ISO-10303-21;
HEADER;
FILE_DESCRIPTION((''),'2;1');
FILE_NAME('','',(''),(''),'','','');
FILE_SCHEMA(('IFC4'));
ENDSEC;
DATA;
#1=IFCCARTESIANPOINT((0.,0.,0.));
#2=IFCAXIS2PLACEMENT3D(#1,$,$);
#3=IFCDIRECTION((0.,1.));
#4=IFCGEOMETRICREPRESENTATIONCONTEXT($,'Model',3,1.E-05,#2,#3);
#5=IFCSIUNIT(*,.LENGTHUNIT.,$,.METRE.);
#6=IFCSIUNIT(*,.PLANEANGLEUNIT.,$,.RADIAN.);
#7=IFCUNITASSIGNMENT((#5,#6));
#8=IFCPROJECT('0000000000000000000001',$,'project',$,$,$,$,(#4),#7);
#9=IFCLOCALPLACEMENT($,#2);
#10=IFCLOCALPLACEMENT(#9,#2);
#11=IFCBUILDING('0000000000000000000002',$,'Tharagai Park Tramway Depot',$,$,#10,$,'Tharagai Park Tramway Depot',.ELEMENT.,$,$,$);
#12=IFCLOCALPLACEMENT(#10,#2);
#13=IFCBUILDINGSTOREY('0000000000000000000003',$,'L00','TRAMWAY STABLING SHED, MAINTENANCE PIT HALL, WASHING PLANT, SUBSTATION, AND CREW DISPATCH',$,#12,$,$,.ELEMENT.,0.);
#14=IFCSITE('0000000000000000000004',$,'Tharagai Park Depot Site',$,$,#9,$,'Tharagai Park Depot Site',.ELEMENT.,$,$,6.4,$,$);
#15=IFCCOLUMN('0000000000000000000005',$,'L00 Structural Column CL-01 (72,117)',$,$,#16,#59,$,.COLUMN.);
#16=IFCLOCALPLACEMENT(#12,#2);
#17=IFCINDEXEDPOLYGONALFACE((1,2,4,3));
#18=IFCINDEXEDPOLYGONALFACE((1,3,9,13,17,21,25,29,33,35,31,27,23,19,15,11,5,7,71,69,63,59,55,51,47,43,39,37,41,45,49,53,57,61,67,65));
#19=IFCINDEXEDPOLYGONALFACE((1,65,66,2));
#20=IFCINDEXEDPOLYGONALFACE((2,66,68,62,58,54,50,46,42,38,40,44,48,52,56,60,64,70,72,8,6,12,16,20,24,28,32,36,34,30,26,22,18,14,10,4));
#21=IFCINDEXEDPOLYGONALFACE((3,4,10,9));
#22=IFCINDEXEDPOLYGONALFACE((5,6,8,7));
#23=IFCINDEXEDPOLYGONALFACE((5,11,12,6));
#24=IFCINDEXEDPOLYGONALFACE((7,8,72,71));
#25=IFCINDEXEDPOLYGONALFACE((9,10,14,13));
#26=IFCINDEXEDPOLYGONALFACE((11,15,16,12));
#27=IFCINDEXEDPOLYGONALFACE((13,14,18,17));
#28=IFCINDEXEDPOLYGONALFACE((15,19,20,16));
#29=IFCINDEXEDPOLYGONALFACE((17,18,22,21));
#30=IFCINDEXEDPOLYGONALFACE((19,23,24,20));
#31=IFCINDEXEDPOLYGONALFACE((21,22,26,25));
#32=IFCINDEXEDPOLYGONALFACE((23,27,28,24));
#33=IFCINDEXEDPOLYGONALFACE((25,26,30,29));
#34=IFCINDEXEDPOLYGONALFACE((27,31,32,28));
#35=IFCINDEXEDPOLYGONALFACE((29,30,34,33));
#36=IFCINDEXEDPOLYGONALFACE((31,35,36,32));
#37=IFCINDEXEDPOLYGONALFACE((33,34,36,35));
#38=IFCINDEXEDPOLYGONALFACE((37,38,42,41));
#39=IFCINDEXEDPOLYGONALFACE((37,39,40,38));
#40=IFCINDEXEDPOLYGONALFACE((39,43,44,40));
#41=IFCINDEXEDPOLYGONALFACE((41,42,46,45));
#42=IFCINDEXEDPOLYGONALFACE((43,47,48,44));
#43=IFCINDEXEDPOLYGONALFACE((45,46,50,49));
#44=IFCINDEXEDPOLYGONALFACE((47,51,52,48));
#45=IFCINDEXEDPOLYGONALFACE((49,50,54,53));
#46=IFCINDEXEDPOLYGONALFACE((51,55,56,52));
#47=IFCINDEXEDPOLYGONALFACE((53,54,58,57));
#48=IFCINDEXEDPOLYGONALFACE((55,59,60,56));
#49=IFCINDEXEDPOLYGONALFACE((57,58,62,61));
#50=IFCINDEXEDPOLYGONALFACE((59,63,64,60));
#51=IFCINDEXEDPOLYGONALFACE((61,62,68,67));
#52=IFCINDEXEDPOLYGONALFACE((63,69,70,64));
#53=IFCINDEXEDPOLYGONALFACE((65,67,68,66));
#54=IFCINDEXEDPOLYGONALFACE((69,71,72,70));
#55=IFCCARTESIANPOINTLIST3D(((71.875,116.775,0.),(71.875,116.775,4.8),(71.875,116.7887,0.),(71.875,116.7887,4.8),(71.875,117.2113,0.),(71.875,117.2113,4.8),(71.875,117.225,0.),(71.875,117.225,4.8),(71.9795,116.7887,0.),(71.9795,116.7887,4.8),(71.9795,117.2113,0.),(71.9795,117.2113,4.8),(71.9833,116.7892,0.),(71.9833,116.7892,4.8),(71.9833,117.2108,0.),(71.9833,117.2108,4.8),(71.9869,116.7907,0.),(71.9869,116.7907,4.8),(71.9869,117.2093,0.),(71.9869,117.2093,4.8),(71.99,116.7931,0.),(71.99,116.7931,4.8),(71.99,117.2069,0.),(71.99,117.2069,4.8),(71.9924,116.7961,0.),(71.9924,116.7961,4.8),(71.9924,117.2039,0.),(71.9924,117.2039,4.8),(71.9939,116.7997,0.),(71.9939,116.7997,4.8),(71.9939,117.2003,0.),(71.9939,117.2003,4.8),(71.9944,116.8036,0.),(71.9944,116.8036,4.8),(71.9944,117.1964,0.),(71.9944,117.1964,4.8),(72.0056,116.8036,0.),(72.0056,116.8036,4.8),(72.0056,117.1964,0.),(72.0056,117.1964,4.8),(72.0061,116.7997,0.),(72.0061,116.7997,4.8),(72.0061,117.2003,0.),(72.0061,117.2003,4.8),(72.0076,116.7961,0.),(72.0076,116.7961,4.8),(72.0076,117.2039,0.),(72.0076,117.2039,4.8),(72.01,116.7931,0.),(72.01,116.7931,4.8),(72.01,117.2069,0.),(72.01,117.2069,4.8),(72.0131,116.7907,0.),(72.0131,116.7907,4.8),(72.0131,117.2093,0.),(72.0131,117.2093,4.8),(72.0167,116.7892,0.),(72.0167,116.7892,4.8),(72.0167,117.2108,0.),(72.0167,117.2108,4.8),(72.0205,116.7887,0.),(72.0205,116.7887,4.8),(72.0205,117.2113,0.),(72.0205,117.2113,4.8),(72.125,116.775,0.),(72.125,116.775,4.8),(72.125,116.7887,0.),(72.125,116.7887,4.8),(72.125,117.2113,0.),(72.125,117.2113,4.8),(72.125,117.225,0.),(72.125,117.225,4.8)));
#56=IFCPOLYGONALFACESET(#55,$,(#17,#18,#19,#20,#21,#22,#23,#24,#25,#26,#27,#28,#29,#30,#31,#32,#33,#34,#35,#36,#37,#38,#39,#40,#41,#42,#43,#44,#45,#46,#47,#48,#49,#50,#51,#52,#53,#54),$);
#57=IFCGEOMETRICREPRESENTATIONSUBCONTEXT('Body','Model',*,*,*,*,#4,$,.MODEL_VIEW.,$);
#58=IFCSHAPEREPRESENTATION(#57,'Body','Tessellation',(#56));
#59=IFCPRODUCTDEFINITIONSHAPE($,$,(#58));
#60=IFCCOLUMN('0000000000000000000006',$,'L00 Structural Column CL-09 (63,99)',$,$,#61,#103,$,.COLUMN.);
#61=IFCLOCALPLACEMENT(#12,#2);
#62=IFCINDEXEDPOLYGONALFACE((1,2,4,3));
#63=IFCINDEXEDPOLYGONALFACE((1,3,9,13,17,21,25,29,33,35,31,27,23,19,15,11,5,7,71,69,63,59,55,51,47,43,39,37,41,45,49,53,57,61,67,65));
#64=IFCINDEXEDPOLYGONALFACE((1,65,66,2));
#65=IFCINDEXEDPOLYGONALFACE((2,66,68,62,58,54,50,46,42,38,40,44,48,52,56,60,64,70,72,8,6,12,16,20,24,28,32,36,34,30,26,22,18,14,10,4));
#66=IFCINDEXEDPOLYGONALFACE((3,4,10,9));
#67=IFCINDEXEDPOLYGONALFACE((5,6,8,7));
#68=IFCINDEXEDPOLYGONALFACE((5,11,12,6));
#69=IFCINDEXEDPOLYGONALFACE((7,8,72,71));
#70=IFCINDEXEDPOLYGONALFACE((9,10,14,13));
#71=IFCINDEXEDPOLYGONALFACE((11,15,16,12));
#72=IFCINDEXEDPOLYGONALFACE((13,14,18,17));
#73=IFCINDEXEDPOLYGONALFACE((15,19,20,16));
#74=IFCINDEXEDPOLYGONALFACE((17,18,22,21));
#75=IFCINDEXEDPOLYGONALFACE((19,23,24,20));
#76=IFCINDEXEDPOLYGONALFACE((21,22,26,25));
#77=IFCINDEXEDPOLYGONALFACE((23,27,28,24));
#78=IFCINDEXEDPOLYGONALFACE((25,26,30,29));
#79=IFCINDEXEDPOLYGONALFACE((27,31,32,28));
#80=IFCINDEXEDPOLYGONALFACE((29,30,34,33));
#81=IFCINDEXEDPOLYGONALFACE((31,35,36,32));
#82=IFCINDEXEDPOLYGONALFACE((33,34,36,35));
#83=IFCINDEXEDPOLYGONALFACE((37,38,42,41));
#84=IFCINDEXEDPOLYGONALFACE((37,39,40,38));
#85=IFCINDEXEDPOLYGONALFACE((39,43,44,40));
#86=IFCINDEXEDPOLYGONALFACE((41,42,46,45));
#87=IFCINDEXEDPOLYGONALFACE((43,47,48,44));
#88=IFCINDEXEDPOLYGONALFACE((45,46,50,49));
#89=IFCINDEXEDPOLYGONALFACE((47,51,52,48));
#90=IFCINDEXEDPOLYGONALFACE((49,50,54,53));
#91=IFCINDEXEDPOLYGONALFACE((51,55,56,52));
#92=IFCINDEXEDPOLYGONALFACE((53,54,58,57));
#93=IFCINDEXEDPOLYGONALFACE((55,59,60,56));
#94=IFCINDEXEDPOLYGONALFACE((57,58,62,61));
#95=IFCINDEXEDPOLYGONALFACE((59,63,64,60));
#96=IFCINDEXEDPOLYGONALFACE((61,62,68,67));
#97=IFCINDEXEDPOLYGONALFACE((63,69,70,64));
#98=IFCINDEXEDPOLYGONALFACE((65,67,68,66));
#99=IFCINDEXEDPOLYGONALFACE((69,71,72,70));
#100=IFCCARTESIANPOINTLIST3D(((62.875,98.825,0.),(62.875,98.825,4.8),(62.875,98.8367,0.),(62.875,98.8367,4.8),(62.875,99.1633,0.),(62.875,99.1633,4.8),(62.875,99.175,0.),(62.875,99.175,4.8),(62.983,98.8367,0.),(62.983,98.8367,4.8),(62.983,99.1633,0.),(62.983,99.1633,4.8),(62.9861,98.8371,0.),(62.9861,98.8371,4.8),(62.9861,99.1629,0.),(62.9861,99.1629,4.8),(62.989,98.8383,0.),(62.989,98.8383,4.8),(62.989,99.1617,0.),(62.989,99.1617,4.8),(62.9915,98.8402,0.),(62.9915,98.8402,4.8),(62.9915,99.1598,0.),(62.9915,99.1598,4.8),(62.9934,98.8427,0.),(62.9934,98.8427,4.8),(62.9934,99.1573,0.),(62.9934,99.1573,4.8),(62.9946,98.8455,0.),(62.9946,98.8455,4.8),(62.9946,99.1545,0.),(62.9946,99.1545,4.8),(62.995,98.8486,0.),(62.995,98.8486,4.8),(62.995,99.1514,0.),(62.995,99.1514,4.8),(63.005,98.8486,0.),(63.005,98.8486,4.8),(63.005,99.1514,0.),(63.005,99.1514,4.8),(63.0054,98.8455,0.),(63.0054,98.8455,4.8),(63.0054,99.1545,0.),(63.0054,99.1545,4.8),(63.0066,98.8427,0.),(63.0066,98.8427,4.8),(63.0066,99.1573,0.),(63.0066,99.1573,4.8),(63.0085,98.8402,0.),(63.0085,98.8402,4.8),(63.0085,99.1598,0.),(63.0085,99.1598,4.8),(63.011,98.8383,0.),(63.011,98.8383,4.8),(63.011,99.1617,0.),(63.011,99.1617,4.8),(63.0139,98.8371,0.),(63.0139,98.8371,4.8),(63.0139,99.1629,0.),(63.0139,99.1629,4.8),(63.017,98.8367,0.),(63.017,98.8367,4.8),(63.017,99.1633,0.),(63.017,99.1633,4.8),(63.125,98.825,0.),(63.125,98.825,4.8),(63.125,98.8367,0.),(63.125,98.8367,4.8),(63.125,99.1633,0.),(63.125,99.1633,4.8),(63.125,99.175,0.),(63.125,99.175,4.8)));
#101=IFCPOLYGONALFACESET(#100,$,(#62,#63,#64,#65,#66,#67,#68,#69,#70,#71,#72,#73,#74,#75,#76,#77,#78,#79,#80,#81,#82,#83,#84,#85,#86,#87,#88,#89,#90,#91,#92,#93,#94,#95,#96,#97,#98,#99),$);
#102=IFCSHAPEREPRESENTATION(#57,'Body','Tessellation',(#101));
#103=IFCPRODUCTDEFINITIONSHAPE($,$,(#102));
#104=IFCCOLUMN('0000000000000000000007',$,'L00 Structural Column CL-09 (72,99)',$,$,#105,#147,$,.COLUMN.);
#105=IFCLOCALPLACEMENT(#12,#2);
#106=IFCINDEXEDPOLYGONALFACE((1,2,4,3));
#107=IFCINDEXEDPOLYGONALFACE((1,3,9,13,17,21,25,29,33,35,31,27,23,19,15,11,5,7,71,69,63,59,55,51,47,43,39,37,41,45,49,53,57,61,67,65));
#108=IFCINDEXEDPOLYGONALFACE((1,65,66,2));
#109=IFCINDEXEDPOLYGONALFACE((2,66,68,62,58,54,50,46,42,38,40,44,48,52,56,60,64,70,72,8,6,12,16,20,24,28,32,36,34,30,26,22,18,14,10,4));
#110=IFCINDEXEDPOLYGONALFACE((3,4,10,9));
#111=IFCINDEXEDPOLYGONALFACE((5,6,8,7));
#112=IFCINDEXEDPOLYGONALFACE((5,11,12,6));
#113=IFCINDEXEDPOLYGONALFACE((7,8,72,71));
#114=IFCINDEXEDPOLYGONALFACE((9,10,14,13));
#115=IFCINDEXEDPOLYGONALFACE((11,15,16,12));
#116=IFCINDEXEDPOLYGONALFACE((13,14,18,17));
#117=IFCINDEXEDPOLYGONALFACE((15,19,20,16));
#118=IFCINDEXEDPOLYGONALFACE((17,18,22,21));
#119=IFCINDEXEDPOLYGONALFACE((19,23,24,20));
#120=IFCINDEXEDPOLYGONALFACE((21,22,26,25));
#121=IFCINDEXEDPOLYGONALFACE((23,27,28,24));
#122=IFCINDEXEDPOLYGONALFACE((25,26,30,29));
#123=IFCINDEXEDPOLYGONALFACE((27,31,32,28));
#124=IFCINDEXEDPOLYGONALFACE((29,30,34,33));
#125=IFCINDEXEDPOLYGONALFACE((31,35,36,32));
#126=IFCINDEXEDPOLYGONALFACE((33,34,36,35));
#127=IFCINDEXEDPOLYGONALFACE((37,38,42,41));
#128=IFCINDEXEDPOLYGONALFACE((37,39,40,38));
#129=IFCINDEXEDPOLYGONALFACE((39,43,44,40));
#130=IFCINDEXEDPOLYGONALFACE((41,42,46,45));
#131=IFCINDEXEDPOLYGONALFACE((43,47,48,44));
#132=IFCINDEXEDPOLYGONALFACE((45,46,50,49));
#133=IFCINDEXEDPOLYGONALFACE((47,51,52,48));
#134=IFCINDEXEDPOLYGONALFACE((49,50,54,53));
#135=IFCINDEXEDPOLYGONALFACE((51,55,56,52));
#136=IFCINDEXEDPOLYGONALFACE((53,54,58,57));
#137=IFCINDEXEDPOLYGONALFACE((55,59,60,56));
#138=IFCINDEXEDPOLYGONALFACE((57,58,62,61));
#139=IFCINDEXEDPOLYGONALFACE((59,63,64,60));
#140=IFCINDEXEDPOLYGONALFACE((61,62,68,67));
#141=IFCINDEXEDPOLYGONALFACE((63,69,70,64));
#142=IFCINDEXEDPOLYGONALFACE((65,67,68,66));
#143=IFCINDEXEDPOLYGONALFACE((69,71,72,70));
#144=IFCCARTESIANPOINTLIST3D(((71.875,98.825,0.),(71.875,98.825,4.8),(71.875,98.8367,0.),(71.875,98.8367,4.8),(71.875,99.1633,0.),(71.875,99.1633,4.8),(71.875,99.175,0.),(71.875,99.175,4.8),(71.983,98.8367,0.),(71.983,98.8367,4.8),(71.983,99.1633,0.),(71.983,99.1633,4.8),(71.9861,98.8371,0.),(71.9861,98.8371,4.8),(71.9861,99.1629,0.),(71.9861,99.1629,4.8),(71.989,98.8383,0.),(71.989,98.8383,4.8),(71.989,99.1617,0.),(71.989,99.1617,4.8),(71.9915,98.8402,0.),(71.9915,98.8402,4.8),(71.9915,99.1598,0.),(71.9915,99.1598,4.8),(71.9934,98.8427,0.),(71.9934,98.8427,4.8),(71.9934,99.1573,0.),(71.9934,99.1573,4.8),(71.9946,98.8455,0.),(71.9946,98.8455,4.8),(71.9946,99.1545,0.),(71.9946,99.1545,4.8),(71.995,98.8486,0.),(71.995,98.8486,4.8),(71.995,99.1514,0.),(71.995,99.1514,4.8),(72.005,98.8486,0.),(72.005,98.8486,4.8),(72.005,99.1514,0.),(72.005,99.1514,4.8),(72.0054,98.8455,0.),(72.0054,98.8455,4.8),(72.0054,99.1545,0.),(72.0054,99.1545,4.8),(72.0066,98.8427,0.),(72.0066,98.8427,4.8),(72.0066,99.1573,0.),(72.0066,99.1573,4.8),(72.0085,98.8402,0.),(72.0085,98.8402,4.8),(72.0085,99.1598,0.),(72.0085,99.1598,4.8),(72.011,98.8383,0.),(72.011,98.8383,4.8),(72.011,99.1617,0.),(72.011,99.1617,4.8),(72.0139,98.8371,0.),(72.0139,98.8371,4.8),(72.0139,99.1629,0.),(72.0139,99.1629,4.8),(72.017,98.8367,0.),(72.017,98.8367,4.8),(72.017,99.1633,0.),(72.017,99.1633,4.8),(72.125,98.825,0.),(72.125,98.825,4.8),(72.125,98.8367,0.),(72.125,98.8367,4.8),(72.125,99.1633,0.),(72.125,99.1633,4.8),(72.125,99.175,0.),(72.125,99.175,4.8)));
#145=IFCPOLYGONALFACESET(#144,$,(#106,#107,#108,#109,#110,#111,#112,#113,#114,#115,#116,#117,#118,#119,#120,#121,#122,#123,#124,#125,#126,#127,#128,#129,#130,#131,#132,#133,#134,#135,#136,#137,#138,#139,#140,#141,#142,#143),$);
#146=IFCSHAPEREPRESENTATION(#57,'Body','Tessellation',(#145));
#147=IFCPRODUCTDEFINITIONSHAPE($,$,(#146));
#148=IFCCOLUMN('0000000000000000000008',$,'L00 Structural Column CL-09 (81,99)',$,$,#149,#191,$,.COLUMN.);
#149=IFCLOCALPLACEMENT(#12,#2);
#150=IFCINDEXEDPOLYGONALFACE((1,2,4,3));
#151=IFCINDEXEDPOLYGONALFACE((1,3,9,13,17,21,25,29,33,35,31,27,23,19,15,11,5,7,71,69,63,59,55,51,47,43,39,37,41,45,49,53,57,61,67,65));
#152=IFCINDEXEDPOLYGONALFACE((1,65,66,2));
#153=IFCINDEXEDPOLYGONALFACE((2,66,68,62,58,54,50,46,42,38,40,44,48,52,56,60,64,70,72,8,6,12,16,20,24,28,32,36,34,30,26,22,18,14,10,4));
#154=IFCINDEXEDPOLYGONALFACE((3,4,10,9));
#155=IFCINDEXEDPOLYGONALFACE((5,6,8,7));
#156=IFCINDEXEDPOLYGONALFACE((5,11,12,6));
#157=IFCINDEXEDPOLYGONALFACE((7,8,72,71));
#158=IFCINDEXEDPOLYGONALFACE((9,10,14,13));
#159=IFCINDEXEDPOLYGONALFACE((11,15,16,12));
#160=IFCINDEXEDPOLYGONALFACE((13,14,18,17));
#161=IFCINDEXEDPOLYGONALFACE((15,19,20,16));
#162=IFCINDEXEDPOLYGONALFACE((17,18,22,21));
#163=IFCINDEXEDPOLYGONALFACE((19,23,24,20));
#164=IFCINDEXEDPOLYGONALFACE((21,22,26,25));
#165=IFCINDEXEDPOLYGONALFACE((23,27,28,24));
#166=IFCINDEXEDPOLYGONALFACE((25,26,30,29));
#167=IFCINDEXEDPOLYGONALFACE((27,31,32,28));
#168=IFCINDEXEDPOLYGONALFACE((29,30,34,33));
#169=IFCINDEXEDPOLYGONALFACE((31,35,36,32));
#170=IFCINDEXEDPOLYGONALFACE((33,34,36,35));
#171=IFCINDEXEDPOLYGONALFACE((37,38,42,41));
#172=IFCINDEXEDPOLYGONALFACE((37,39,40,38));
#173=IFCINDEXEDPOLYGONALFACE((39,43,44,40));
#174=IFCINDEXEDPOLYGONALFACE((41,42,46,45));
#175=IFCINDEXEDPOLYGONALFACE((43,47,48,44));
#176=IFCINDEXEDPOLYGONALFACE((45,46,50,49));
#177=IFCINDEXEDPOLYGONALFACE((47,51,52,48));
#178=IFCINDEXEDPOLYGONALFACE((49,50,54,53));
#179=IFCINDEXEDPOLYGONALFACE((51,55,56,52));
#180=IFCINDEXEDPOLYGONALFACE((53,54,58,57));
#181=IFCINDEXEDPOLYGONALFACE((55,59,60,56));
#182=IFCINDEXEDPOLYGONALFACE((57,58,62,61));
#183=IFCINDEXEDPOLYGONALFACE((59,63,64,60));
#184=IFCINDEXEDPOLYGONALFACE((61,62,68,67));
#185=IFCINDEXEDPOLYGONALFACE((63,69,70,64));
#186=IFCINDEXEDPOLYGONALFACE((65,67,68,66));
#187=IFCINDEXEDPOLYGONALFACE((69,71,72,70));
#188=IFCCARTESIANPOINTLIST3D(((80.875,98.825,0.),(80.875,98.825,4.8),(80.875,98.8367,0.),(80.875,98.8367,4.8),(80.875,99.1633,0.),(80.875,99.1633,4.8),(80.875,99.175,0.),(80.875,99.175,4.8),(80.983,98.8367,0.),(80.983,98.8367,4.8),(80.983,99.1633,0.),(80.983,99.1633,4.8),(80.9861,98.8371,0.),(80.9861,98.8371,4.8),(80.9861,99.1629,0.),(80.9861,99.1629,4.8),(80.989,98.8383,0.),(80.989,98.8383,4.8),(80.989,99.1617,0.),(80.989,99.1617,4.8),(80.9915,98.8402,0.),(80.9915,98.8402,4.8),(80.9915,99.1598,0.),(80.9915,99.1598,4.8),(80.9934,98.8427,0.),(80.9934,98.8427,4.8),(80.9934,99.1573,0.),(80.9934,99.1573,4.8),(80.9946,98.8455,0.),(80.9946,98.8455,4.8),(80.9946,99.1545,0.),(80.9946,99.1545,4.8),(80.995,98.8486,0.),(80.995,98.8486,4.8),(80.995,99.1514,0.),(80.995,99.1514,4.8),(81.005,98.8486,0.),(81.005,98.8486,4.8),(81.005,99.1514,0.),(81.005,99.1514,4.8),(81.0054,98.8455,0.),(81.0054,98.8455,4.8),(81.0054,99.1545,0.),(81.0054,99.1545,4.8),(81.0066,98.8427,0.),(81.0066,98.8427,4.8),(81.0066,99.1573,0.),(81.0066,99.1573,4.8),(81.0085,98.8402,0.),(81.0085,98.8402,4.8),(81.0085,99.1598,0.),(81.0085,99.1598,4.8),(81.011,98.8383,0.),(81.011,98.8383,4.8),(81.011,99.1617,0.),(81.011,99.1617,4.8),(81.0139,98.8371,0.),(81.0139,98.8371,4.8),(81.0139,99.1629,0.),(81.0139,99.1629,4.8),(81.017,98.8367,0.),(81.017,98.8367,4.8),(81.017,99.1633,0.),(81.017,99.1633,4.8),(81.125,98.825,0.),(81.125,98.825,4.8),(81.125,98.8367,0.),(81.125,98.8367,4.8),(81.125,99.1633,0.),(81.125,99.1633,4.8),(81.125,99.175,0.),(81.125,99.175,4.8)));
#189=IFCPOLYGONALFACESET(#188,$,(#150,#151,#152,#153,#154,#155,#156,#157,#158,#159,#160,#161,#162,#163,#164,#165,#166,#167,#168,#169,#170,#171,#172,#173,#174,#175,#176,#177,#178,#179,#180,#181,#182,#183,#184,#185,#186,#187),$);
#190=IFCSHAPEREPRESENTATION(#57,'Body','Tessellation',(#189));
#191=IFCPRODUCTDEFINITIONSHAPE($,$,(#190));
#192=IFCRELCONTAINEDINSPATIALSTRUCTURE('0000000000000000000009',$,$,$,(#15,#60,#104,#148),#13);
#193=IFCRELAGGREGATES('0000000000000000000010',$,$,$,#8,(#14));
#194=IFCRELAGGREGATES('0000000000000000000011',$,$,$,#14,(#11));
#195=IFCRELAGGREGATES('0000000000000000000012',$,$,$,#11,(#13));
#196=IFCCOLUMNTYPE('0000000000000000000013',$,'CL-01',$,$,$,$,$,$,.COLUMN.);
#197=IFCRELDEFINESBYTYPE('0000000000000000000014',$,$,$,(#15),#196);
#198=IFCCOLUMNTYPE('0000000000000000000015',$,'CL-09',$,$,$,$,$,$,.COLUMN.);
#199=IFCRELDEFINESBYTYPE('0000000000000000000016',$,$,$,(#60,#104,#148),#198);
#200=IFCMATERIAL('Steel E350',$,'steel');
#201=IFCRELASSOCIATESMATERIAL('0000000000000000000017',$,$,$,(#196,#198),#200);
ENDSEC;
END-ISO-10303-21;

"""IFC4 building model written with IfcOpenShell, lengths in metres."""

from ifc_helpers import new_model, si_unit, direction, frame, origin, origin_2d, place, context, subcontext, project, spatial, i_section, extrude, material, material_profile, profile_set, type_object, element, save


model = new_model("IFC4")

# Units and contexts
model_context = context("Model", 3, precision=1e-05, world=origin(), true_north=direction((0.0, 1.0)))
body_context = subcontext(model_context, "Body", "Model", "MODEL_VIEW")
ifc_project = project(units=[si_unit("LENGTHUNIT", "METRE"), si_unit("PLANEANGLEUNIT", "RADIAN")], contexts=[model_context])

# Site, building, storey
site_placement = place(None, origin())
site = spatial("IfcSite", under=ifc_project, at=site_placement, Name="Tharagai Park Depot Site", LongName="Tharagai Park Depot Site", CompositionType="ELEMENT", RefElevation=6.4)
building_placement = place(site_placement, origin())
building = spatial("IfcBuilding", under=site, at=building_placement, Name="Tharagai Park Tramway Depot", LongName="Tharagai Park Tramway Depot", CompositionType="ELEMENT")
storey_placement = place(building_placement, origin())
storey = spatial("IfcBuildingStorey", under=building, at=storey_placement, Name="L00", Description="TRAMWAY STABLING SHED, MAINTENANCE PIT HALL, WASHING PLANT, SUBSTATION, AND CREW DISPATCH", CompositionType="ELEMENT", Elevation=0.0)

# Columns
ifc_material_1 = material(Name="Steel E350", Category="steel")
ifc_material_profile_1 = material_profile(ifc_material_1, i_section(OverallWidth=0.25, OverallDepth=0.45, WebThickness=0.0112, FlangeThickness=0.0137, FilletRadius=0.0149, at=origin_2d()), Name="ISHB 450")
ifc_profile_set_1 = profile_set([ifc_material_profile_1], Name="Steel E350")
column_type_1 = type_object("IfcColumnType", Name="CL-01", PredefinedType="COLUMN", material=ifc_profile_set_1)
for number, where, z_axis, x_axis, name in (
    (1, (72.0, 117.0, 0.0), (0.0, 0.0, 1.0), (1.0, 0.0, 0.0), "L00 Structural Column CL-01 (72,117)"),
):
    element("IfcColumn", number, at=place(storey_placement, frame(where, z_axis=z_axis, x_axis=x_axis)), inside=storey, type_object=column_type_1, Name=name, PredefinedType="COLUMN", context=body_context, shape_type="SweptSolid", body=[
        extrude(i_section(OverallWidth=0.25, OverallDepth=0.45, WebThickness=0.0112, FlangeThickness=0.0137, FilletRadius=0.0149, at=origin_2d()), origin(), (0.0, 0.0, 1.0), 4.8),
    ])
ifc_material_profile_2 = material_profile(ifc_material_1, i_section(OverallWidth=0.25, OverallDepth=0.3501, WebThickness=0.01, FlangeThickness=0.0117, FilletRadius=0.012, at=origin_2d()), Name="ISHB 350")
ifc_profile_set_2 = profile_set([ifc_material_profile_2], Name="Steel E350")
column_type_2 = type_object("IfcColumnType", Name="CL-09", PredefinedType="COLUMN", material=ifc_profile_set_2)
for number, where, z_axis, x_axis, name in (
    (2, (63.0, 99.0, 0.0), (0.0, 0.0, 1.0), (1.0, 0.0, 0.0), "L00 Structural Column CL-09 (63,99)"),
    (3, (72.0, 99.0, 0.0), (0.0, 0.0, 1.0), (1.0, 0.0, 0.0), "L00 Structural Column CL-09 (72,99)"),
    (4, (81.0, 99.0, 0.0), (0.0, 0.0, 1.0), (1.0, 0.0, 0.0), "L00 Structural Column CL-09 (81,99)"),
):
    element("IfcColumn", number, at=place(storey_placement, frame(where, z_axis=z_axis, x_axis=x_axis)), inside=storey, type_object=column_type_2, Name=name, PredefinedType="COLUMN", context=body_context, shape_type="SweptSolid", body=[
        extrude(i_section(OverallWidth=0.25, OverallDepth=0.3501, WebThickness=0.01, FlangeThickness=0.0117, FilletRadius=0.012, at=origin_2d()), origin(), (0.0, 0.0, 1.0), 4.8),
    ])

save(model, "model.ifc")
